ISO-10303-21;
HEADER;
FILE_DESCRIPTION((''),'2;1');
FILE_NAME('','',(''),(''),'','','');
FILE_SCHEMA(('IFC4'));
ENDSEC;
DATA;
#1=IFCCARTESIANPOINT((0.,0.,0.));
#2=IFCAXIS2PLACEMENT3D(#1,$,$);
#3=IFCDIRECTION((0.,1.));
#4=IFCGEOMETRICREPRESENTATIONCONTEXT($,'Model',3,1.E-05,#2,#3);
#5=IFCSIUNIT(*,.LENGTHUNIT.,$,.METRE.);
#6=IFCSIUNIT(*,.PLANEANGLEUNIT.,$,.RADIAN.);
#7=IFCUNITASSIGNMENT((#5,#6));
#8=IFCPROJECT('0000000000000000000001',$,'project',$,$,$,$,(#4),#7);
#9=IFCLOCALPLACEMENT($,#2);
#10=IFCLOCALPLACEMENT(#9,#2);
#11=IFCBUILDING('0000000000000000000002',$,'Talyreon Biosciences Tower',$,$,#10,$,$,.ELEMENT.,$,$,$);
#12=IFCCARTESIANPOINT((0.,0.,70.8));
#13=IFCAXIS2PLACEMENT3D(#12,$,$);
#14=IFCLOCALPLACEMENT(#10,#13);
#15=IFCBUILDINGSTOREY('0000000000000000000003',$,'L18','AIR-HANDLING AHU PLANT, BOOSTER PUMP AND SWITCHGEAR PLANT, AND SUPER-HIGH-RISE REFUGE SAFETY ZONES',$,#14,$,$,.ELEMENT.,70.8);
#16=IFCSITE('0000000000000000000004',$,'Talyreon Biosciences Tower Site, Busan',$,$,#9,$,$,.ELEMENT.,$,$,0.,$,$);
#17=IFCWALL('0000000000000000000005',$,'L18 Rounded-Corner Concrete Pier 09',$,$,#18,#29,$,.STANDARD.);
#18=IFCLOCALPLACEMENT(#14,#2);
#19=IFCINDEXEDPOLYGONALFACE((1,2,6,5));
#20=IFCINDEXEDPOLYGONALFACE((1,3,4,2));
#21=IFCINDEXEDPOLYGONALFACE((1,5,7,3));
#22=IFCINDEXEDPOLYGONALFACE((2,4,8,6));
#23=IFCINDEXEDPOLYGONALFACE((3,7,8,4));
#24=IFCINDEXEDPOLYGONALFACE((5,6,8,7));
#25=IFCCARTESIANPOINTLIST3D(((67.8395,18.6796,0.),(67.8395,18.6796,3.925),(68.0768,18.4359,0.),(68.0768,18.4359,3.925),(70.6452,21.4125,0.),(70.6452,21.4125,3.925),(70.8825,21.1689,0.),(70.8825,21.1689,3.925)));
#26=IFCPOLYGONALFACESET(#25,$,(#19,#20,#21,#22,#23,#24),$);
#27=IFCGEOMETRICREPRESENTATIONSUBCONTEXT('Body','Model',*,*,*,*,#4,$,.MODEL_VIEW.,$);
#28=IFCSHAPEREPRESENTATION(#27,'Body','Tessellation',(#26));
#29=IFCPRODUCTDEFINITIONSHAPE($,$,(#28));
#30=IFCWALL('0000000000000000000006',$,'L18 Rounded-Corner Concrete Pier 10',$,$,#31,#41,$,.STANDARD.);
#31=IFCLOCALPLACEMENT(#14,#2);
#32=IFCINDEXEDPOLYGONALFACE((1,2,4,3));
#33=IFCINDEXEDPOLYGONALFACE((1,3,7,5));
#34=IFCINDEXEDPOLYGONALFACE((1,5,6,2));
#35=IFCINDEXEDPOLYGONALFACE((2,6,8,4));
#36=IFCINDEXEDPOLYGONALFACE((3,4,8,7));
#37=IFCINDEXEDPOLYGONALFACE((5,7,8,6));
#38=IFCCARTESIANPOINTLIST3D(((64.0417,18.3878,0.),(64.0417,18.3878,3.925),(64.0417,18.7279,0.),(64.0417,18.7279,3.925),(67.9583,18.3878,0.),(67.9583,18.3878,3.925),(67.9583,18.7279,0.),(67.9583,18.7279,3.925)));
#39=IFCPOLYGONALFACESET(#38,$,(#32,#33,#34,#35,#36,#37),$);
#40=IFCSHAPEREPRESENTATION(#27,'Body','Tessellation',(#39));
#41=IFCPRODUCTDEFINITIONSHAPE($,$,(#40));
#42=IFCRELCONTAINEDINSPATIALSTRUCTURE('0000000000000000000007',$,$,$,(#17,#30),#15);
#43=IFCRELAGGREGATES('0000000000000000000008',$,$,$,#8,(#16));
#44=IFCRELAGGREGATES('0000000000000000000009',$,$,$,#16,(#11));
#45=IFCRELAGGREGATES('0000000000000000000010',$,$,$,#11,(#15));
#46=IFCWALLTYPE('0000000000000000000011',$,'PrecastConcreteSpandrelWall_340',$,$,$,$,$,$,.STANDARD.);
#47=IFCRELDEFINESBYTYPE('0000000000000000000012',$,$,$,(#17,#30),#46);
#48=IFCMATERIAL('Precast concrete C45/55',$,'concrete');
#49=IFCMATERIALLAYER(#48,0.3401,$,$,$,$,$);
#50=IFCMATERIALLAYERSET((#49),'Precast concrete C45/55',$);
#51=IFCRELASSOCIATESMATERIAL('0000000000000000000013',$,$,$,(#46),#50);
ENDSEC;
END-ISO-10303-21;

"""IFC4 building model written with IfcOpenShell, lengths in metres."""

from ifc_helpers import new_model, si_unit, direction, frame, frame_2d, origin, place, context, subcontext, project, spatial, rectangle, extrude, material, layer, layer_set, type_object, element, save


model = new_model("IFC4")

# Units and contexts
model_context = context("Model", 3, precision=1e-05, world=origin(), true_north=direction((0.0, 1.0)))
body_context = subcontext(model_context, "Body", "Model", "MODEL_VIEW")
ifc_project = project(units=[si_unit("LENGTHUNIT", "METRE"), si_unit("PLANEANGLEUNIT", "RADIAN")], contexts=[model_context])

# Site, building, storey
site_placement = place(None, origin())
site = spatial("IfcSite", under=ifc_project, at=site_placement, Name="Talyreon Biosciences Tower Site, Busan", CompositionType="ELEMENT", RefElevation=0.0)
building_placement = place(site_placement, origin())
building = spatial("IfcBuilding", under=site, at=building_placement, Name="Talyreon Biosciences Tower", CompositionType="ELEMENT")
storey_placement = place(building_placement, frame((0.0, 0.0, 70.8)))
storey = spatial("IfcBuildingStorey", under=building, at=storey_placement, Name="L18", Description="AIR-HANDLING AHU PLANT, BOOSTER PUMP AND SWITCHGEAR PLANT, AND SUPER-HIGH-RISE REFUGE SAFETY ZONES", CompositionType="ELEMENT", Elevation=70.8)

# Shared definitions
ifc_material_1 = material(Name="Precast concrete C45/55", Category="concrete")

# Walls
ifc_layer_1 = layer(ifc_material_1, 0.3401)
ifc_layer_set_1 = layer_set([ifc_layer_1], Name="Precast concrete C45/55")
wall_type = type_object("IfcWallType", Name="PrecastConcreteSpandrelWall_340", PredefinedType="STANDARD", material=ifc_layer_set_1)
wall_1_placement = place(storey_placement, frame((70.7639, 21.2908, 0.0), z_axis=(0.0, 0.0, 1.0), x_axis=(-0.716333, -0.697758, 0.0)))
element("IfcWall", 1, at=wall_1_placement, inside=storey, type_object=wall_type, Name="L18 Rounded-Corner Concrete Pier 09", PredefinedType="STANDARD", context=body_context, shape_type="SweptSolid", body=[
    extrude(rectangle(XDim=3.9167, YDim=0.3401, at=frame_2d((1.9585, 0.0))), origin(), (0.0, 0.0, 1.0), 3.925),
])
wall_2_placement = place(storey_placement, frame((67.9583, 18.5579, 0.0), z_axis=(0.0, 0.0, 1.0), x_axis=(-1.0, 0.0, 0.0)))
element("IfcWall", 2, at=wall_2_placement, inside=storey, type_object=wall_type, Name="L18 Rounded-Corner Concrete Pier 10", PredefinedType="STANDARD", context=body_context, shape_type="SweptSolid", body=[
    extrude(rectangle(XDim=3.9165, YDim=0.3401, at=frame_2d((1.9583, 0.0))), origin(), (0.0, 0.0, 1.0), 3.925),
])

save(model, "model.ifc")
